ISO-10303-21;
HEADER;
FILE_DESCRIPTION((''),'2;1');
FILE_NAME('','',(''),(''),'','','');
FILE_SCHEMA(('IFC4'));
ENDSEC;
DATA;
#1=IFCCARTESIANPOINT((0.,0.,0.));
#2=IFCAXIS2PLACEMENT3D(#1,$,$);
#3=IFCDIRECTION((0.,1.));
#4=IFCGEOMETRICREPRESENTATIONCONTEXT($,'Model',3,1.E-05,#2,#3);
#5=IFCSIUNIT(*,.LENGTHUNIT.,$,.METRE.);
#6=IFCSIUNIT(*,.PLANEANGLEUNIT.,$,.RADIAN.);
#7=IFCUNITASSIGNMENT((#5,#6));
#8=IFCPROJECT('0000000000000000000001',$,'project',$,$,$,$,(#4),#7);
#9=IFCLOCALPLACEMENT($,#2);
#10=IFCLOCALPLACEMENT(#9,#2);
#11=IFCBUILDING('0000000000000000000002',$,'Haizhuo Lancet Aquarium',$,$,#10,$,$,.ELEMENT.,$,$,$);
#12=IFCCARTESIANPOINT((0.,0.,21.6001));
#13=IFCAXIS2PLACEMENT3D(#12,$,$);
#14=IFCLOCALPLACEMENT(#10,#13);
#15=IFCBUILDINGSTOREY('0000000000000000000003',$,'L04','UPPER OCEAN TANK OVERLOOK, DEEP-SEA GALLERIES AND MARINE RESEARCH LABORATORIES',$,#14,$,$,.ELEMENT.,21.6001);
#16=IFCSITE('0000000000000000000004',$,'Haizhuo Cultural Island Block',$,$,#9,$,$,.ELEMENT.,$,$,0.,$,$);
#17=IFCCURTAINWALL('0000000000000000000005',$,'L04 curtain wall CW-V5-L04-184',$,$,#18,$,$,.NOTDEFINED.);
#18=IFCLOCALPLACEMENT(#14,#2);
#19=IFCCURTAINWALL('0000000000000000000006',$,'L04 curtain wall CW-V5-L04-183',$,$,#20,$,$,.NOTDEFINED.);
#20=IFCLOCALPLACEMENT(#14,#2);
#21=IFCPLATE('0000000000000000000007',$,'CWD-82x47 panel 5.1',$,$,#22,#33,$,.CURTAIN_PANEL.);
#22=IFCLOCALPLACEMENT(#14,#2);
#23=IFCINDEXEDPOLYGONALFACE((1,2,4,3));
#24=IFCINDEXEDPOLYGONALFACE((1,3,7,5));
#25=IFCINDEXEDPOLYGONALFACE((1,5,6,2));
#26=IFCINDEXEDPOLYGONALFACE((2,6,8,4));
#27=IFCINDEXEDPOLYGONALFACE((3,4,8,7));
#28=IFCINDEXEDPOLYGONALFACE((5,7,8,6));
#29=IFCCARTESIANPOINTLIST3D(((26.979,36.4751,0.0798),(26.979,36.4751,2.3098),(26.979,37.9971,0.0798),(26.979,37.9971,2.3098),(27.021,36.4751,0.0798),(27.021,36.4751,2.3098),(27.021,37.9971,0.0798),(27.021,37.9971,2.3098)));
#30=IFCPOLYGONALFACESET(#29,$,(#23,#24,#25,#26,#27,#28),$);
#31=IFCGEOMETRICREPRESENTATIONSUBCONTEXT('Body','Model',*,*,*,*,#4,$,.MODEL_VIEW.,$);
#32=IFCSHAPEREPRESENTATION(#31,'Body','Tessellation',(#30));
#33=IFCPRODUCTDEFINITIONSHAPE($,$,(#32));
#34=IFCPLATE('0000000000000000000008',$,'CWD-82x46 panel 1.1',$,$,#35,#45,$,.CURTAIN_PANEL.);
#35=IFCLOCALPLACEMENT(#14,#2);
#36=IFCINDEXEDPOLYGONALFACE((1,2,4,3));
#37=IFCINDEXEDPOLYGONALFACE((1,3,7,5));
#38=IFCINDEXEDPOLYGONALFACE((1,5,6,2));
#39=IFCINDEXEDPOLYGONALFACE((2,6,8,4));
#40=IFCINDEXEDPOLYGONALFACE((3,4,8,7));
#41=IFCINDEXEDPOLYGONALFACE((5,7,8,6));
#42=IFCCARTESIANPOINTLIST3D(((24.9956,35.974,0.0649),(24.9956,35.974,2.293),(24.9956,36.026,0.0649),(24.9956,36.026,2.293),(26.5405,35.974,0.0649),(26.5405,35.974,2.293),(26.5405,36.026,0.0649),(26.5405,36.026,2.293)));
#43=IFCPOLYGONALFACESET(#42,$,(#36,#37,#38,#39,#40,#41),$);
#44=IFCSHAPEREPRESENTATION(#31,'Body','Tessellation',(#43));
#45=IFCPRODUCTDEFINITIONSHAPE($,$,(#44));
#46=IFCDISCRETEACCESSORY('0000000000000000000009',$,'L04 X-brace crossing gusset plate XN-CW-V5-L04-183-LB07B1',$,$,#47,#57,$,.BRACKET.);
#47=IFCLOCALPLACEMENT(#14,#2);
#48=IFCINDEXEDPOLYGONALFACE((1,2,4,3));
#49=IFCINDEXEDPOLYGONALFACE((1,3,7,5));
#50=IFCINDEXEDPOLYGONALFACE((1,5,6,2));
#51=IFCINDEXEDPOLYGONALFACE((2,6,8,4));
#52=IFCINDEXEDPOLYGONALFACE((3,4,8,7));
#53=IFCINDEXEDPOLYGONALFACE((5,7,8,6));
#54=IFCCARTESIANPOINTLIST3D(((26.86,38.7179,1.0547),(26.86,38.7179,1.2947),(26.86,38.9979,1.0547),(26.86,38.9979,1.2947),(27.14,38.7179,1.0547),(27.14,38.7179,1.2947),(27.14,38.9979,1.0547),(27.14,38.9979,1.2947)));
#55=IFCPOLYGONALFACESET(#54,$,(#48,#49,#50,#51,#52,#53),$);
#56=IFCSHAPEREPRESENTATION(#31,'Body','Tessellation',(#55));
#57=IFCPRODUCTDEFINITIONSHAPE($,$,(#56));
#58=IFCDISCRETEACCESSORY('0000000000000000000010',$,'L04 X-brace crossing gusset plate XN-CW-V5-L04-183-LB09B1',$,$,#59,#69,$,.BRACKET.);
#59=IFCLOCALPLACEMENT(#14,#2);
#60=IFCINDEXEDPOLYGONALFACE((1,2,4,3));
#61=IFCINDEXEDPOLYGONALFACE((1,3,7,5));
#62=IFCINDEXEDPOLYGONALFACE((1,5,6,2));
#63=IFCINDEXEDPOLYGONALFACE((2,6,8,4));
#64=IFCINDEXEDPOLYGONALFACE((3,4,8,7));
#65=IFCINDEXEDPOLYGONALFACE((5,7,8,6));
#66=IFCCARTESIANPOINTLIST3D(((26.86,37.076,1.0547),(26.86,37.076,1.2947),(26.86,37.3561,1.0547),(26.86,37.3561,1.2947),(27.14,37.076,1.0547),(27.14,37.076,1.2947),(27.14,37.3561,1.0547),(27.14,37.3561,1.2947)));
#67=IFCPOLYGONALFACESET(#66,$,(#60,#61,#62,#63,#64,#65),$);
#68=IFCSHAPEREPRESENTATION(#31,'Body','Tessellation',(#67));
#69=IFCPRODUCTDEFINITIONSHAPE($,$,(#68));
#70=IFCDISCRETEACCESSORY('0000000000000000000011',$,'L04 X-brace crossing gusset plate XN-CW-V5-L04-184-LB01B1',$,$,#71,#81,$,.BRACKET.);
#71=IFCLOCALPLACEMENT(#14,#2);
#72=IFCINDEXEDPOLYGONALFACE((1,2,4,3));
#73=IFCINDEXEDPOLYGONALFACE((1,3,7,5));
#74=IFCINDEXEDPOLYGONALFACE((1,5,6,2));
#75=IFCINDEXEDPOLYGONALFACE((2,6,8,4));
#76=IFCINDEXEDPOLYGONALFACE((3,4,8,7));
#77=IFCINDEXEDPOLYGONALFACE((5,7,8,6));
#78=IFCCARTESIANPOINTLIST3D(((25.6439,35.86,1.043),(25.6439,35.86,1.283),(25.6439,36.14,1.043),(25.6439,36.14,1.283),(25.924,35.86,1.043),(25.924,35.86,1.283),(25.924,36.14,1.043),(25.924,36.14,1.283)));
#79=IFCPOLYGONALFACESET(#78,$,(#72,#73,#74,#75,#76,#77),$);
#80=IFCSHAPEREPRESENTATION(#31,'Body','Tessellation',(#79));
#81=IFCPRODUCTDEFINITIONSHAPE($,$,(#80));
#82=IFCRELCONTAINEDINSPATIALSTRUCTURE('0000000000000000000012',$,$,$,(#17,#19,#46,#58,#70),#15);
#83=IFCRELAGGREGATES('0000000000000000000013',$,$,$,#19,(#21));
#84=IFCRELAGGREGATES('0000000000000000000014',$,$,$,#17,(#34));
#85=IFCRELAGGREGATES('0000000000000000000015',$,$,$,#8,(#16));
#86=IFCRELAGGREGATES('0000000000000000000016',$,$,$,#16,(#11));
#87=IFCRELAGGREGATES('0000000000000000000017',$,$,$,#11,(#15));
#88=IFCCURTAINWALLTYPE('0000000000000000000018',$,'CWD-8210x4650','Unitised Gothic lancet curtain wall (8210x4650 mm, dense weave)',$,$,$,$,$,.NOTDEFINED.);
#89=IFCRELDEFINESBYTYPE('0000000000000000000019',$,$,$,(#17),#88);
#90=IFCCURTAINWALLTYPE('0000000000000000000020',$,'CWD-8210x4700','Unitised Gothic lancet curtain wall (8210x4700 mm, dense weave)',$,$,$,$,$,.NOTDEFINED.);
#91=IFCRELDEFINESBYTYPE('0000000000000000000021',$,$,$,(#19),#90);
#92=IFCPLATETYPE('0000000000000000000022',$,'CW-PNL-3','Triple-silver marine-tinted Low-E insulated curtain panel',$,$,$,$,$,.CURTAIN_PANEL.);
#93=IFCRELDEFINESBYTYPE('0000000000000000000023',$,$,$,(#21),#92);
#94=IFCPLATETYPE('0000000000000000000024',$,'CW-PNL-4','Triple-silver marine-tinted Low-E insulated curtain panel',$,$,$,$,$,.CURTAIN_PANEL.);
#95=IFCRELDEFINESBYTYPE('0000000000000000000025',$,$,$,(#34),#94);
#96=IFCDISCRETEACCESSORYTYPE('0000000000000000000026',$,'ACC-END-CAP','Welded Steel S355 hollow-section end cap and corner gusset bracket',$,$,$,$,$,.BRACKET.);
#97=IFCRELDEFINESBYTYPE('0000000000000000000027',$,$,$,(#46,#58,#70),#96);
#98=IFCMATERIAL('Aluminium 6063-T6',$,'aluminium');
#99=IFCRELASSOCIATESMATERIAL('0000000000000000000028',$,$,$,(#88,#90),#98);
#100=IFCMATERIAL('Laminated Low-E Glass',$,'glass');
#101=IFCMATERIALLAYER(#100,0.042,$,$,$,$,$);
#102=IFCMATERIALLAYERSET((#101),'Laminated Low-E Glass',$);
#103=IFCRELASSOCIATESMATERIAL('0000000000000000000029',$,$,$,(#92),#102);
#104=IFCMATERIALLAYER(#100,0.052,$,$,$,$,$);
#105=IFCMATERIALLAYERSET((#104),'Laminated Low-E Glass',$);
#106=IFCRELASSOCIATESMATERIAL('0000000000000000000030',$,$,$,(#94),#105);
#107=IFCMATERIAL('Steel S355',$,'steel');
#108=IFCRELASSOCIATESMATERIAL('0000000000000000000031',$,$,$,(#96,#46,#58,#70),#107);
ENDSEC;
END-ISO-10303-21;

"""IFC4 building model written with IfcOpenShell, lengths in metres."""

from ifc_helpers import new_model, si_unit, direction, frame, origin, origin_2d, place, context, subcontext, project, spatial, rectangle, extrude, material, layer, layer_set, type_object, element, aggregate, save


model = new_model("IFC4")

# Units and contexts
model_context = context("Model", 3, precision=1e-05, world=origin(), true_north=direction((0.0, 1.0)))
body_context = subcontext(model_context, "Body", "Model", "MODEL_VIEW")
ifc_project = project(units=[si_unit("LENGTHUNIT", "METRE"), si_unit("PLANEANGLEUNIT", "RADIAN")], contexts=[model_context])

# Site, building, storey
site_placement = place(None, origin())
site = spatial("IfcSite", under=ifc_project, at=site_placement, Name="Haizhuo Cultural Island Block", CompositionType="ELEMENT", RefElevation=0.0)
building_placement = place(site_placement, origin())
building = spatial("IfcBuilding", under=site, at=building_placement, Name="Haizhuo Lancet Aquarium", CompositionType="ELEMENT")
storey_placement = place(building_placement, frame((0.0, 0.0, 21.6001)))
storey = spatial("IfcBuildingStorey", under=building, at=storey_placement, Name="L04", Description="UPPER OCEAN TANK OVERLOOK, DEEP-SEA GALLERIES AND MARINE RESEARCH LABORATORIES", CompositionType="ELEMENT", Elevation=21.6001)

# Curtain walls
ifc_material_1 = material(Name="Aluminium 6063-T6", Category="aluminium")
curtain_wall_type_1 = type_object("IfcCurtainWallType", Name="CWD-8210x4650", Description="Unitised Gothic lancet curtain wall (8210x4650 mm, dense weave)", PredefinedType="NOTDEFINED", material=ifc_material_1)
curtain_wall_1_placement = place(storey_placement, origin())
curtain_wall_1 = element("IfcCurtainWall", 1, at=curtain_wall_1_placement, inside=storey, type_object=curtain_wall_type_1, Name="L04 curtain wall CW-V5-L04-184", PredefinedType="NOTDEFINED")
curtain_wall_type_2 = type_object("IfcCurtainWallType", Name="CWD-8210x4700", Description="Unitised Gothic lancet curtain wall (8210x4700 mm, dense weave)", PredefinedType="NOTDEFINED", material=ifc_material_1)
curtain_wall_2_placement = place(storey_placement, origin())
curtain_wall_2 = element("IfcCurtainWall", 2, at=curtain_wall_2_placement, inside=storey, type_object=curtain_wall_type_2, Name="L04 curtain wall CW-V5-L04-183", PredefinedType="NOTDEFINED")

# Shared definitions
ifc_material_2 = material(Name="Steel S355", Category="steel")

# Plates
ifc_material_3 = material(Name="Laminated Low-E Glass", Category="glass")
ifc_layer_1 = layer(ifc_material_3, 0.042)
ifc_layer_set_1 = layer_set([ifc_layer_1], Name="Laminated Low-E Glass")
plate_type_1 = type_object("IfcPlateType", Name="CW-PNL-3", Description="Triple-silver marine-tinted Low-E insulated curtain panel", PredefinedType="CURTAIN_PANEL", material=ifc_layer_set_1)
plate_1_placement = place(storey_placement, frame((27.0, 37.2361, 0.0798), z_axis=(0.0, 0.0, 1.0), x_axis=(0.0, -1.0, 0.0)))
plate_1 = element("IfcPlate", 3, at=plate_1_placement, type_object=plate_type_1, Name="CWD-82x47 panel 5.1", PredefinedType="CURTAIN_PANEL", context=body_context, shape_type="SweptSolid", body=[
    extrude(rectangle(XDim=1.522, YDim=0.042, at=origin_2d()), origin(), (0.0, 0.0, 1.0), 2.23),
])
aggregate(curtain_wall_2, [plate_1])
ifc_layer_2 = layer(ifc_material_3, 0.052)
ifc_layer_set_2 = layer_set([ifc_layer_2], Name="Laminated Low-E Glass")
plate_type_2 = type_object("IfcPlateType", Name="CW-PNL-4", Description="Triple-silver marine-tinted Low-E insulated curtain panel", PredefinedType="CURTAIN_PANEL", material=ifc_layer_set_2)
plate_2_placement = place(storey_placement, frame((25.7681, 36.0, 0.0649), z_axis=(0.0, 0.0, 1.0), x_axis=(-1.0, 0.0, 0.0)))
plate_2 = element("IfcPlate", 4, at=plate_2_placement, type_object=plate_type_2, Name="CWD-82x46 panel 1.1", PredefinedType="CURTAIN_PANEL", context=body_context, shape_type="SweptSolid", body=[
    extrude(rectangle(XDim=1.5449, YDim=0.052, at=origin_2d()), origin(), (0.0, 0.0, 1.0), 2.228),
])
aggregate(curtain_wall_1, [plate_2])

# Discrete accessories
discrete_accessory_type = type_object("IfcDiscreteAccessoryType", Name="ACC-END-CAP", Description="Welded Steel S355 hollow-section end cap and corner gusset bracket", PredefinedType="BRACKET", material=ifc_material_2)
for number, where, z_axis, x_axis, name in (
    (5, (27.0, 38.8579, 1.0547), (0.0, 0.0, 1.0), (1.0, 0.0, 0.0), "L04 X-brace crossing gusset plate XN-CW-V5-L04-183-LB07B1"),
    (6, (27.0, 37.2161, 1.0547), (0.0, 0.0, 1.0), (1.0, 0.0, 0.0), "L04 X-brace crossing gusset plate XN-CW-V5-L04-183-LB09B1"),
    (7, (25.7839, 36.0, 1.043), (0.0, 0.0, 1.0), (1.0, 0.0, 0.0), "L04 X-brace crossing gusset plate XN-CW-V5-L04-184-LB01B1"),
):
    element("IfcDiscreteAccessory", number, at=place(storey_placement, frame(where, z_axis=z_axis, x_axis=x_axis)), inside=storey, type_object=discrete_accessory_type, material=ifc_material_2, Name=name, PredefinedType="BRACKET", context=body_context, shape_type="SweptSolid", body=[
        extrude(rectangle(XDim=0.28, YDim=0.28, at=origin_2d()), origin(), (0.0, 0.0, 1.0), 0.24),
    ])

save(model, "model.ifc")
